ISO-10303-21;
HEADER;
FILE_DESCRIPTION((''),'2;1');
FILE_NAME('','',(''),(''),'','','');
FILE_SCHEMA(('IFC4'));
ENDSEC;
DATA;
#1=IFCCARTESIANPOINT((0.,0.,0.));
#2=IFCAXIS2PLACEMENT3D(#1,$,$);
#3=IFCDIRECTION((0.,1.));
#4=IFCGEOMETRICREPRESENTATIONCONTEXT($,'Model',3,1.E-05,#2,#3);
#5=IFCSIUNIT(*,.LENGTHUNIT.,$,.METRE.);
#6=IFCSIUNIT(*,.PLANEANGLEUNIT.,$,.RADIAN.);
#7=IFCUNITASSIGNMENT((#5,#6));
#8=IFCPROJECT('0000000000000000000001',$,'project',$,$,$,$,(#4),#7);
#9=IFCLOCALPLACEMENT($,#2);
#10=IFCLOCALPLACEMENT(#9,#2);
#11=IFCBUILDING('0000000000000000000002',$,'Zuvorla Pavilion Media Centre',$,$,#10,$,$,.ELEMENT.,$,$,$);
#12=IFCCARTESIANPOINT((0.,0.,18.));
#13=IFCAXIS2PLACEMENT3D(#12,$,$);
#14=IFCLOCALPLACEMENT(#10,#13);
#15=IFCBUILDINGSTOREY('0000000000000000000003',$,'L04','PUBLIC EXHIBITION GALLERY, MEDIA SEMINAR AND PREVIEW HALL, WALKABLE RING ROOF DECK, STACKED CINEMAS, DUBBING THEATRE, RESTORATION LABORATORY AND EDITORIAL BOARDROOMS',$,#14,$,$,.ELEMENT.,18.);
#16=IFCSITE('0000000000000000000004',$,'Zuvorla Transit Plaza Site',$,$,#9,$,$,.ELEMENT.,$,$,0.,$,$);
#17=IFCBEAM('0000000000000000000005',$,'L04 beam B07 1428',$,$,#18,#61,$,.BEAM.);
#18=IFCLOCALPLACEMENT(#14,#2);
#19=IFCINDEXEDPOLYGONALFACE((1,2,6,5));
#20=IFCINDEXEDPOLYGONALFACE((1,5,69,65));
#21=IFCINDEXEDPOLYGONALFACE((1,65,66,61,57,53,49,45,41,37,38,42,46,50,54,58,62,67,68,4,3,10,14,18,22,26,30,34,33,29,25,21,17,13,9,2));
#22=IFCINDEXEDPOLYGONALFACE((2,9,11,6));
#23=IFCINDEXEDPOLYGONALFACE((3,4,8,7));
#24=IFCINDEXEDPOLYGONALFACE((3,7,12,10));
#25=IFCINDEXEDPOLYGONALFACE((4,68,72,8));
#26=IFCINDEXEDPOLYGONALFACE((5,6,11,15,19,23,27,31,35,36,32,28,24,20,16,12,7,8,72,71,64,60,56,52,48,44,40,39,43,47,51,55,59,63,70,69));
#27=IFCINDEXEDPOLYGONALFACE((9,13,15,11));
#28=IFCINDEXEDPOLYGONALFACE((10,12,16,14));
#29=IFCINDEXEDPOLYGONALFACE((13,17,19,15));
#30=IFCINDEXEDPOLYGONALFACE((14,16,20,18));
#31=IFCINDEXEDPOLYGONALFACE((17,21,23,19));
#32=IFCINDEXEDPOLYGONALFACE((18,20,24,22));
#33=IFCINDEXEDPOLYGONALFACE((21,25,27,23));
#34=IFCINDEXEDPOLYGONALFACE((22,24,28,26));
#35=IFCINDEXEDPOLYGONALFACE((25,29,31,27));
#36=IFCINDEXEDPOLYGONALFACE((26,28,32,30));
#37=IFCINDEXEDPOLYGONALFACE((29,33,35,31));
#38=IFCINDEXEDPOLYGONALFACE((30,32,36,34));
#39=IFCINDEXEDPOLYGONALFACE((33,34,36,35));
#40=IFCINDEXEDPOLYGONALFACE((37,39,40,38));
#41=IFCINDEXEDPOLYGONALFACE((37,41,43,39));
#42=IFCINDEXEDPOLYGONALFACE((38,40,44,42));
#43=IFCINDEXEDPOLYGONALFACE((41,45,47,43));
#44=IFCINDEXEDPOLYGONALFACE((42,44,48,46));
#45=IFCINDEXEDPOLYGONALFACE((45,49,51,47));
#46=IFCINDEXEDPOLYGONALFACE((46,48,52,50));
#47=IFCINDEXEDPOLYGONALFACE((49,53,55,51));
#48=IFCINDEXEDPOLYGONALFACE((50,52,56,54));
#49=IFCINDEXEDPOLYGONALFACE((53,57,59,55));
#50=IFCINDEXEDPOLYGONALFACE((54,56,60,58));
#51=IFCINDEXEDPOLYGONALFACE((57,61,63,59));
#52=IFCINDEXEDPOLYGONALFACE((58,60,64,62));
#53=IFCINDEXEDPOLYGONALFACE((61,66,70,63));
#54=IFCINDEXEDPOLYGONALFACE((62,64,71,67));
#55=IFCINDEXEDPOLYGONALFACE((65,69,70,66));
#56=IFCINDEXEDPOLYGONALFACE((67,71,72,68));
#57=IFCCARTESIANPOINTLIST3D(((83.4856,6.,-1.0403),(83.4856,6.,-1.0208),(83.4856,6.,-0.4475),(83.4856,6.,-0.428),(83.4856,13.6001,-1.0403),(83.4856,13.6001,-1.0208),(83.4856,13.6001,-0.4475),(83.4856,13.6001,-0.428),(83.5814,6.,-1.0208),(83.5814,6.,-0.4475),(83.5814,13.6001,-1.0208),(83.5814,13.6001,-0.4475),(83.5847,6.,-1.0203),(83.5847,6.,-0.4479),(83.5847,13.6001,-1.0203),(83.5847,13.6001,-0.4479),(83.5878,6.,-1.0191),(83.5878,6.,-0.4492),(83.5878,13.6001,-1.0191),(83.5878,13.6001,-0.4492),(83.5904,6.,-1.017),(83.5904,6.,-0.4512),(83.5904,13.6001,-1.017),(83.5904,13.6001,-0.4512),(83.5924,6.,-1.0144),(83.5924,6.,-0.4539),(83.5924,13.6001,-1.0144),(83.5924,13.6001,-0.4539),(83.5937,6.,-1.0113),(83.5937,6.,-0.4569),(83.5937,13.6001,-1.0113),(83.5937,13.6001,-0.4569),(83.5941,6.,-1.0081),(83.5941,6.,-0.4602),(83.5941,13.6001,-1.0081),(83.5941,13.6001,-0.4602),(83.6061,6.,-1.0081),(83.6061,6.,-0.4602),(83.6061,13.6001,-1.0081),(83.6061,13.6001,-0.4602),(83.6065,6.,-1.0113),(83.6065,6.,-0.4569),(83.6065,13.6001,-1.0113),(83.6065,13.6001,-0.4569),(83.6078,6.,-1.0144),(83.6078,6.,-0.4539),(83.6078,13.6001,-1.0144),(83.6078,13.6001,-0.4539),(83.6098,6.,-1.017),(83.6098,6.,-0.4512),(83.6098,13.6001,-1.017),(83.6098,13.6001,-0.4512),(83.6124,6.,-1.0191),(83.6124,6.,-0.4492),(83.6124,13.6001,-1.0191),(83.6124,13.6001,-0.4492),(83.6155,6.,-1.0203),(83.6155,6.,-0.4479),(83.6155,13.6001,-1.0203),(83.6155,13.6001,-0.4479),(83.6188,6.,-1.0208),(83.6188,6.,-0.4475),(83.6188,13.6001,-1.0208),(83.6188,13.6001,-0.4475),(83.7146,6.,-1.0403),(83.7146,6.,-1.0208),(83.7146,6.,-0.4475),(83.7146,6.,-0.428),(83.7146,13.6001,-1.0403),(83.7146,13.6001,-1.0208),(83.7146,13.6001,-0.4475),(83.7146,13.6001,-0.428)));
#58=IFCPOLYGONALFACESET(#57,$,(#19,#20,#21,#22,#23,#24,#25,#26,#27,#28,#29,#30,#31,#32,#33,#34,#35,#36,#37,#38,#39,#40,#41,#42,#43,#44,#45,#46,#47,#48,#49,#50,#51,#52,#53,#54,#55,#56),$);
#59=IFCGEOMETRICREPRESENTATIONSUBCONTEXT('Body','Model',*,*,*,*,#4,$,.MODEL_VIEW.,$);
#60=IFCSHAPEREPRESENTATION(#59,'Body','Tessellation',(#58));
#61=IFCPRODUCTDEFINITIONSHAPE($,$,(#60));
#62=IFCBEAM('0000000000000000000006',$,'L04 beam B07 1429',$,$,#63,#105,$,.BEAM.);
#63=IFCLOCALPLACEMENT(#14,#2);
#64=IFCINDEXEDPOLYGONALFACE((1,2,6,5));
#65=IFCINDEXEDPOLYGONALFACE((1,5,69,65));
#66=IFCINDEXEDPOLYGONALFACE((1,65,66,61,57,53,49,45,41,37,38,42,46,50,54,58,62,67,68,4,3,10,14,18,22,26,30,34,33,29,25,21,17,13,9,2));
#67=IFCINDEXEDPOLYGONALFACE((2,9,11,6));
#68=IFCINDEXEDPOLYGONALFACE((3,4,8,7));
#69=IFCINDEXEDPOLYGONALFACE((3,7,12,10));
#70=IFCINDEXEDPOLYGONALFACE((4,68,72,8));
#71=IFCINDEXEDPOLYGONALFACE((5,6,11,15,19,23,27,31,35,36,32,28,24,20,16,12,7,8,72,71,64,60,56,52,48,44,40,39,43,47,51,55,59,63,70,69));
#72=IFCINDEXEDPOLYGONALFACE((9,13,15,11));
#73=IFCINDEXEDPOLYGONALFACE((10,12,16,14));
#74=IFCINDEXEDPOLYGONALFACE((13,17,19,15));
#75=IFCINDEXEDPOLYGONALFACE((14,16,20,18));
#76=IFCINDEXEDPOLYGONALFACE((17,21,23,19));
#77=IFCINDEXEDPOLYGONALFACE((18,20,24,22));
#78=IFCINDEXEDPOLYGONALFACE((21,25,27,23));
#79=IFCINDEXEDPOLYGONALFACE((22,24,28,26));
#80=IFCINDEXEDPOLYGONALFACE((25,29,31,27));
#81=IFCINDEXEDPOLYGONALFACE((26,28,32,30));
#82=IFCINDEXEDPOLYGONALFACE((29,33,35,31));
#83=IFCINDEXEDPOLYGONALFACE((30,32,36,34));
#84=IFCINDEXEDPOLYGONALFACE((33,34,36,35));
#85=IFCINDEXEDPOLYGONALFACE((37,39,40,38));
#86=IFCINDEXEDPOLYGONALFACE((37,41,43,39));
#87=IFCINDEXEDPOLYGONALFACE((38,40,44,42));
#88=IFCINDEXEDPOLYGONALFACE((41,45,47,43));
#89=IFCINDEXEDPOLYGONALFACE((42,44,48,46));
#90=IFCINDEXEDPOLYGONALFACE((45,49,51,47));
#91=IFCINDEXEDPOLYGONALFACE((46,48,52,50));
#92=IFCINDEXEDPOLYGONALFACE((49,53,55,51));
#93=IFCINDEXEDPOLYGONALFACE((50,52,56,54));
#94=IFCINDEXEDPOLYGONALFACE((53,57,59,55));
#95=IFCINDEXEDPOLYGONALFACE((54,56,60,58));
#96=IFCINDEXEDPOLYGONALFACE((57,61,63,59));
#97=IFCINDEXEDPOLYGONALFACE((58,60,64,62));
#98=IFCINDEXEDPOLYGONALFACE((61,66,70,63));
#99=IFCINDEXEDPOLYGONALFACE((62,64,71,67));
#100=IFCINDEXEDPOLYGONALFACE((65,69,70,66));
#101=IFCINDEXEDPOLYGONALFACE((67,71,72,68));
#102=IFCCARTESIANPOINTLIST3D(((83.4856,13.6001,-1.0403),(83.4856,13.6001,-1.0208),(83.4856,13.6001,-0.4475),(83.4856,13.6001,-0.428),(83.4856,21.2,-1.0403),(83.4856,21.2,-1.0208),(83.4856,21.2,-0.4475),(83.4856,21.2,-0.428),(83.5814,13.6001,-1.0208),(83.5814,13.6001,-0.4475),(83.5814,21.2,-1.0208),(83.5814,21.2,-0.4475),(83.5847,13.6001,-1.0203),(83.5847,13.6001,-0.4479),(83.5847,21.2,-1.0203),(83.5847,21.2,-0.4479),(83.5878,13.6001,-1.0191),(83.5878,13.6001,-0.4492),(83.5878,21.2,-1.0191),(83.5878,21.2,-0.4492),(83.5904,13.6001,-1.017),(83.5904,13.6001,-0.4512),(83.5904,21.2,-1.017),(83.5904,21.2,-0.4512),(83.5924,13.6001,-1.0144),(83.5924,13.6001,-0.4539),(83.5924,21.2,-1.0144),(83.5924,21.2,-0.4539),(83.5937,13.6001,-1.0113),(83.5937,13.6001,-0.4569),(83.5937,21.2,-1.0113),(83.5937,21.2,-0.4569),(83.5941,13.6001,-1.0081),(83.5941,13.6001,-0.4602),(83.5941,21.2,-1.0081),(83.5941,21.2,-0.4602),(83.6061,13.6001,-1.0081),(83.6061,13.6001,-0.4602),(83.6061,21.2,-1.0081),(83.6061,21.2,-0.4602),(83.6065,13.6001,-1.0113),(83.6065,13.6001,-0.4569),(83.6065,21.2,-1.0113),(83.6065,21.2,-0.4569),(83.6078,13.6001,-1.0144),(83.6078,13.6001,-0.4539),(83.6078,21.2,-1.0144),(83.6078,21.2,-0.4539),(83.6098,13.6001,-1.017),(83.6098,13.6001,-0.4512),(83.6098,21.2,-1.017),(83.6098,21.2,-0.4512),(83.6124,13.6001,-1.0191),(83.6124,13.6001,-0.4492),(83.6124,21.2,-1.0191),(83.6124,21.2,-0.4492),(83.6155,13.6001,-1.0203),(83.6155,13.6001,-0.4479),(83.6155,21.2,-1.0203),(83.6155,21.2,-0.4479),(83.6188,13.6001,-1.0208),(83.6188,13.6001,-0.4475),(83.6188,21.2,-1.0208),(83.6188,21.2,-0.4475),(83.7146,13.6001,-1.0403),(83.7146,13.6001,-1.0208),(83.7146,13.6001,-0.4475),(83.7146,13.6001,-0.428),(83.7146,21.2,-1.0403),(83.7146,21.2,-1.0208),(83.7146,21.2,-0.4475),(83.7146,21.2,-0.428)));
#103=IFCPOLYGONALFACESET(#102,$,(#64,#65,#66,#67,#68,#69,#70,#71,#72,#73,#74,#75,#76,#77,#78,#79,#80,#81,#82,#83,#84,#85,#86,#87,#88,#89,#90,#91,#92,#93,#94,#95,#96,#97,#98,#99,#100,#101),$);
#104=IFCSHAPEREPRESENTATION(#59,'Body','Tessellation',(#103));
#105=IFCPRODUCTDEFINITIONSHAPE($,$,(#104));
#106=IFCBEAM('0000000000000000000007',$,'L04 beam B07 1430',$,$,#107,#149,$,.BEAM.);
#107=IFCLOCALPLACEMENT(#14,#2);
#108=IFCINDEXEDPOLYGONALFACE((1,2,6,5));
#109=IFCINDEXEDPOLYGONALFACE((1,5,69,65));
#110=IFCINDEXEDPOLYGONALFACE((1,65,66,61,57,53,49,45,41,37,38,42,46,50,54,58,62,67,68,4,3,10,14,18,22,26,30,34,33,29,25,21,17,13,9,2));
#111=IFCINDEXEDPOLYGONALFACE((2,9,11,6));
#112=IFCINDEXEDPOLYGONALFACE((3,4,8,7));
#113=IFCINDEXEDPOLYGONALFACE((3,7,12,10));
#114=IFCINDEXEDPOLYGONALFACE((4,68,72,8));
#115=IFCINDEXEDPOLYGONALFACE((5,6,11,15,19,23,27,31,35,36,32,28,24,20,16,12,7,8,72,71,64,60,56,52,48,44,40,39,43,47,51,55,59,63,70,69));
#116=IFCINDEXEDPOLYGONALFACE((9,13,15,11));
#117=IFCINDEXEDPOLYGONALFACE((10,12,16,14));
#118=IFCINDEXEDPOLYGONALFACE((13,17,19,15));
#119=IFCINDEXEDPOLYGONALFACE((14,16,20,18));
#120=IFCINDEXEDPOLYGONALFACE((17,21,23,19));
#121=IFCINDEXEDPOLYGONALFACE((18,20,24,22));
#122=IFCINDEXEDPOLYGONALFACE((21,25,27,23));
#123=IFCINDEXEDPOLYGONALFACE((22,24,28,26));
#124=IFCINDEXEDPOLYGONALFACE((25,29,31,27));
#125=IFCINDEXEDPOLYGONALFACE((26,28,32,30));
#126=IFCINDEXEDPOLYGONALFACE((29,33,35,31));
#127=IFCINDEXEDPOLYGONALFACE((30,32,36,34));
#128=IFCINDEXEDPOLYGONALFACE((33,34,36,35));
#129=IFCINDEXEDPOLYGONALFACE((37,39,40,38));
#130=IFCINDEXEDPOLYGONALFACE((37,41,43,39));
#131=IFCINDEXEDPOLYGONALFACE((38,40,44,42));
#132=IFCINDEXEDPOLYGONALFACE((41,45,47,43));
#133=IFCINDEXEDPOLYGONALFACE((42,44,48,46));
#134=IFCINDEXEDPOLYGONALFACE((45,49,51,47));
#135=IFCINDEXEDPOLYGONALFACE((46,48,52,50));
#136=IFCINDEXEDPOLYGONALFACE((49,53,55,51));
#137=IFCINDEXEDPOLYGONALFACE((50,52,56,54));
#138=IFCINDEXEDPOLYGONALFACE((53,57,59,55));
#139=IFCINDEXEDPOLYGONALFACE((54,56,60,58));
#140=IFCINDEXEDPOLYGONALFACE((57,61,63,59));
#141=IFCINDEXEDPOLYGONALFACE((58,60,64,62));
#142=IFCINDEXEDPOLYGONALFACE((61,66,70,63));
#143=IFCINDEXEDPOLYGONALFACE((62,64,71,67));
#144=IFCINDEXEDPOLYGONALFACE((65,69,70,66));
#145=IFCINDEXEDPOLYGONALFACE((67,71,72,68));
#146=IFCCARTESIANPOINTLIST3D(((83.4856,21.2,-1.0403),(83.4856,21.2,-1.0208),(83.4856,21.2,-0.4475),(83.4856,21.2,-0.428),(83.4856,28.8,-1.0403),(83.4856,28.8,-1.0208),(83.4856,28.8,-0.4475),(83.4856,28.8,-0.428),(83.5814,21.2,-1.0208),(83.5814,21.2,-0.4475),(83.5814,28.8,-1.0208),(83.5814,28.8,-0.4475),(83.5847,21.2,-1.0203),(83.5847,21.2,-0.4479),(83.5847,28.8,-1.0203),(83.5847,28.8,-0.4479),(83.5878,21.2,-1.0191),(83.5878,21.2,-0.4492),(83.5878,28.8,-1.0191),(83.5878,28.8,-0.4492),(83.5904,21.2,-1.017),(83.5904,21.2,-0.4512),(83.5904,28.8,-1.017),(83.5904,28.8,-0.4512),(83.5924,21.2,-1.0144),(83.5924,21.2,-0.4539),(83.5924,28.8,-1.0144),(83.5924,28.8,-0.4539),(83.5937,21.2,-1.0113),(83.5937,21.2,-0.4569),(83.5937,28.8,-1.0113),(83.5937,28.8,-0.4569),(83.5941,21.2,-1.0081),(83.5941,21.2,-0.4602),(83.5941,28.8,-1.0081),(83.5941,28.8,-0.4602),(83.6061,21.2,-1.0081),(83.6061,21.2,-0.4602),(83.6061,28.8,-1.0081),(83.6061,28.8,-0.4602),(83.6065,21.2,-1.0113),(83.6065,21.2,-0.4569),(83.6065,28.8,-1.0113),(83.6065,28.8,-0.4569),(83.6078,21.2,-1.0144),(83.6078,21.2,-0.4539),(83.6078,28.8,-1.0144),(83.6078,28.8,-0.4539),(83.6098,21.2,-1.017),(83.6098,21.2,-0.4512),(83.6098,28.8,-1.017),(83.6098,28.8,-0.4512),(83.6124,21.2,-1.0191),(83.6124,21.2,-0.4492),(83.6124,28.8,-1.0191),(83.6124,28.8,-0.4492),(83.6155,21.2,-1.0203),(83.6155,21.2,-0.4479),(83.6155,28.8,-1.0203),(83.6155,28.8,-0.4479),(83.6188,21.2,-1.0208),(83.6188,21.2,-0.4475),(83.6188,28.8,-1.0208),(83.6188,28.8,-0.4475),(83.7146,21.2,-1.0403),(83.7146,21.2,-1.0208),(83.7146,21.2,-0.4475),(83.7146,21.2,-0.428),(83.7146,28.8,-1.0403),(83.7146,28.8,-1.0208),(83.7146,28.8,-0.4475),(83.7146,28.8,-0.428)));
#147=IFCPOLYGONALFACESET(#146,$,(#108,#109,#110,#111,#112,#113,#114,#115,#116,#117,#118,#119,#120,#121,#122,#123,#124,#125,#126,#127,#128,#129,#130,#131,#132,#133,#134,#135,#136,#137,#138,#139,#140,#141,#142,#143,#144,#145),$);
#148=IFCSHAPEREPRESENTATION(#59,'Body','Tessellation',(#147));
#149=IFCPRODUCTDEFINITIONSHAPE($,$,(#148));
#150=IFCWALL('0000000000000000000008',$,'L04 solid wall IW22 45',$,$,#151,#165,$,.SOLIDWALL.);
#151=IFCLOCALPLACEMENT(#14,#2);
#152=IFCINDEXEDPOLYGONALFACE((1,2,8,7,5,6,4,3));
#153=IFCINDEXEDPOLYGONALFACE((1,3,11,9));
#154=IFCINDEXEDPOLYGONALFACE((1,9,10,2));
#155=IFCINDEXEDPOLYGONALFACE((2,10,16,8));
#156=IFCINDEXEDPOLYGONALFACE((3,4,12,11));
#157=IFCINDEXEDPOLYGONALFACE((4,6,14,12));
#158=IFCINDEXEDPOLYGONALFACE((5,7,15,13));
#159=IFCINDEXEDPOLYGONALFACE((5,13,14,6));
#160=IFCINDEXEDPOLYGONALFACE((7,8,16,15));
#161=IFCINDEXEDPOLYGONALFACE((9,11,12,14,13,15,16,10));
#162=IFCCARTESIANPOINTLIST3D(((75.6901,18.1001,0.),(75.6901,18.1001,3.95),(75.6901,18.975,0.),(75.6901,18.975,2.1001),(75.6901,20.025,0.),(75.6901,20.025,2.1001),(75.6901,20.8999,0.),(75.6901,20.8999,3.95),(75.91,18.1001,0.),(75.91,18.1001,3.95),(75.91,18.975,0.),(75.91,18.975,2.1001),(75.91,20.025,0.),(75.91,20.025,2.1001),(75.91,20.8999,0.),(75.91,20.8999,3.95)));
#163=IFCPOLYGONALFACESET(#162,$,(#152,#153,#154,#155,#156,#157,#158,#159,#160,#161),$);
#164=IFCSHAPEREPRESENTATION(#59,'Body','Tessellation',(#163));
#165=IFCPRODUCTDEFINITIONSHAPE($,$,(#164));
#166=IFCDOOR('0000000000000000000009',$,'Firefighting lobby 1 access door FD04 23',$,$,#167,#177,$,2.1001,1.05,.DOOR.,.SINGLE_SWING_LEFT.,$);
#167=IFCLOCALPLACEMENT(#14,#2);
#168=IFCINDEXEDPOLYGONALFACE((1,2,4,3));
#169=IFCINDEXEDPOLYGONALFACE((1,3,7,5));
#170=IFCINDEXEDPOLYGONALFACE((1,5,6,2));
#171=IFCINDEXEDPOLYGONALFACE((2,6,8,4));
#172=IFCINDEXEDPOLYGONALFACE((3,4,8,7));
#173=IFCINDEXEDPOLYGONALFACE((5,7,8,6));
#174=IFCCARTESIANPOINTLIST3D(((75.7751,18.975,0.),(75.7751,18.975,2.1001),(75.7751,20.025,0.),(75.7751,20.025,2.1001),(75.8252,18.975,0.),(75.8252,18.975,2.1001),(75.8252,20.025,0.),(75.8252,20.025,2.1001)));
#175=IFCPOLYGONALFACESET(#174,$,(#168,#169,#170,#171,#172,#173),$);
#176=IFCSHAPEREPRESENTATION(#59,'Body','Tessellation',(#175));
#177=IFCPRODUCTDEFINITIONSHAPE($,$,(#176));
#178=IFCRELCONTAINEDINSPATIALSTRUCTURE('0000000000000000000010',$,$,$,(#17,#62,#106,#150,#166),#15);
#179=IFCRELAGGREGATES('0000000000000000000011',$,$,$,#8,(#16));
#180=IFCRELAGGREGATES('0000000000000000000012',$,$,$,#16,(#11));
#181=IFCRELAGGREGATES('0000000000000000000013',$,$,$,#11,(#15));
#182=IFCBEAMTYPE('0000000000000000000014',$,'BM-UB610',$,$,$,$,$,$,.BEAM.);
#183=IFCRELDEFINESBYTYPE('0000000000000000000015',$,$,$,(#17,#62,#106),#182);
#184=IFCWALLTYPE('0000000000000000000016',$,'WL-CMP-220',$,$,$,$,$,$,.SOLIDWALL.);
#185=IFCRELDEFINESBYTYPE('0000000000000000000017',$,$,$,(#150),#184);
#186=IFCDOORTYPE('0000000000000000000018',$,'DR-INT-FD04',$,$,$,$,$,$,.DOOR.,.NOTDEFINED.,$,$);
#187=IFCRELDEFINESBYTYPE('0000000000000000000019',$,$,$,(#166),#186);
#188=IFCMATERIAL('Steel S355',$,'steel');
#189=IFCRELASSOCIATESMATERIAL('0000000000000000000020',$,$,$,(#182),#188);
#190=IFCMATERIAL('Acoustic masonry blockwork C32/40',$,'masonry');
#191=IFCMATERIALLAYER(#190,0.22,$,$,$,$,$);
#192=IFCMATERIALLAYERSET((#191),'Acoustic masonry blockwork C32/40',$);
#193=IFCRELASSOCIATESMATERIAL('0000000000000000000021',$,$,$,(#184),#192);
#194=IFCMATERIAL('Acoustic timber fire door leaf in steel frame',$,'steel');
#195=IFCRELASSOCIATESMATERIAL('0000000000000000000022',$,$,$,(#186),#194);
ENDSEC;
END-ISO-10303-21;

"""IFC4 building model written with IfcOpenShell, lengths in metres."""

from ifc_helpers import new_model, si_unit, direction, frame, frame_2d, origin, origin_2d, place, context, subcontext, project, spatial, rectangle, i_section, extrude, material, layer, layer_set, material_profile, profile_set, type_object, element, fill, save


model = new_model("IFC4")

# Units and contexts
model_context = context("Model", 3, precision=1e-05, world=origin(), true_north=direction((0.0, 1.0)))
body_context = subcontext(model_context, "Body", "Model", "MODEL_VIEW")
ifc_project = project(units=[si_unit("LENGTHUNIT", "METRE"), si_unit("PLANEANGLEUNIT", "RADIAN")], contexts=[model_context])

# Site, building, storey
site_placement = place(None, origin())
site = spatial("IfcSite", under=ifc_project, at=site_placement, Name="Zuvorla Transit Plaza Site", CompositionType="ELEMENT", RefElevation=0.0)
building_placement = place(site_placement, origin())
building = spatial("IfcBuilding", under=site, at=building_placement, Name="Zuvorla Pavilion Media Centre", CompositionType="ELEMENT")
storey_placement = place(building_placement, frame((0.0, 0.0, 18.0)))
storey = spatial("IfcBuildingStorey", under=building, at=storey_placement, Name="L04", Description="PUBLIC EXHIBITION GALLERY, MEDIA SEMINAR AND PREVIEW HALL, WALKABLE RING ROOF DECK, STACKED CINEMAS, DUBBING THEATRE, RESTORATION LABORATORY AND EDITORIAL BOARDROOMS", CompositionType="ELEMENT", Elevation=18.0)

# Beams
ifc_material_1 = material(Name="Steel S355", Category="steel")
ifc_material_profile_1 = material_profile(ifc_material_1, i_section(OverallWidth=0.229, OverallDepth=0.6123, WebThickness=0.012, FlangeThickness=0.0195, FilletRadius=0.0127, at=origin_2d()), Name="UB 610x229x125")
ifc_profile_set_1 = profile_set([ifc_material_profile_1], Name="Steel S355")
beam_type_1 = type_object("IfcBeamType", Name="BM-UB610", PredefinedType="BEAM", material=ifc_profile_set_1)
beam_1_placement = place(storey_placement, frame((83.6001, 6.0, -0.7341), z_axis=(0.0, 1.0, 0.0), x_axis=(-1.0, 0.0, 0.0)))
element("IfcBeam", 1, at=beam_1_placement, inside=storey, type_object=beam_type_1, Name="L04 beam B07 1428", PredefinedType="BEAM", context=body_context, shape_type="SweptSolid", body=[
    extrude(i_section(OverallWidth=0.229, OverallDepth=0.6123, WebThickness=0.012, FlangeThickness=0.0195, FilletRadius=0.0127, at=origin_2d()), origin(), (0.0, 0.0, 1.0), 7.6001),
])
beam_2_placement = place(storey_placement, frame((83.6001, 13.6001, -0.7341), z_axis=(0.0, 1.0, 0.0), x_axis=(-1.0, 0.0, 0.0)))
element("IfcBeam", 2, at=beam_2_placement, inside=storey, type_object=beam_type_1, Name="L04 beam B07 1429", PredefinedType="BEAM", context=body_context, shape_type="SweptSolid", body=[
    extrude(i_section(OverallWidth=0.229, OverallDepth=0.6123, WebThickness=0.012, FlangeThickness=0.0195, FilletRadius=0.0127, at=origin_2d()), origin(), (0.0, 0.0, 1.0), 7.5999),
])
beam_3_placement = place(storey_placement, frame((83.6001, 21.2, -0.7341), z_axis=(0.0, 1.0, 0.0), x_axis=(-1.0, 0.0, 0.0)))
element("IfcBeam", 3, at=beam_3_placement, inside=storey, type_object=beam_type_1, Name="L04 beam B07 1430", PredefinedType="BEAM", context=body_context, shape_type="SweptSolid", body=[
    extrude(i_section(OverallWidth=0.229, OverallDepth=0.6123, WebThickness=0.012, FlangeThickness=0.0195, FilletRadius=0.0127, at=origin_2d()), origin(), (0.0, 0.0, 1.0), 7.6001),
])

# Wall, opening, door
ifc_material_2 = material(Name="Acoustic masonry blockwork C32/40", Category="masonry")
ifc_layer_1 = layer(ifc_material_2, 0.22)
ifc_layer_set_1 = layer_set([ifc_layer_1], Name="Acoustic masonry blockwork C32/40")
wall_type_1 = type_object("IfcWallType", Name="WL-CMP-220", PredefinedType="SOLIDWALL", material=ifc_layer_set_1)
wall_1_placement = place(storey_placement, frame((75.8, 18.1001, 0.0), z_axis=(0.0, 0.0, 1.0), x_axis=(0.0, 1.0, 0.0)))
wall_1 = element("IfcWall", 4, at=wall_1_placement, inside=storey, type_object=wall_type_1, Name="L04 solid wall IW22 45", PredefinedType="SOLIDWALL", context=body_context, shape_type="SweptSolid", body=[
    extrude(rectangle(XDim=2.7998, YDim=0.22, at=frame_2d((1.3999, 0.0))), origin(), (0.0, 0.0, 1.0), 3.95),
])
opening_1_placement = place(wall_1_placement, frame((0.875, 0.0, 0.0)))
opening_1 = element("IfcOpeningElement", 5, at=opening_1_placement, cuts=wall_1, PredefinedType="OPENING", context=body_context, shape_type="SweptSolid", body=[
    extrude(rectangle(XDim=1.05, YDim=2.1001, at=frame_2d((0.5249, 1.05))), frame((0.0, 0.1199, 0.0), z_axis=(0.0, -1.0, 0.0), x_axis=(1.0, 0.0, 0.0)), (0.0, 0.0, 1.0), 0.24),
])
ifc_material_3 = material(Name="Acoustic timber fire door leaf in steel frame", Category="steel")
door_type_1 = type_object("IfcDoorType", Name="DR-INT-FD04", OperationType="NOTDEFINED", PredefinedType="DOOR", material=ifc_material_3)
door_1_placement = place(opening_1_placement, origin())
door_1 = element("IfcDoor", 6, at=door_1_placement, inside=storey, type_object=door_type_1, Name="Firefighting lobby 1 access door FD04 23", OperationType="SINGLE_SWING_LEFT", OverallHeight=2.1001, OverallWidth=1.05, PredefinedType="DOOR", context=body_context, shape_type="SweptSolid", body=[
    extrude(rectangle(XDim=1.05, YDim=2.1001, at=frame_2d((0.5249, 1.05))), frame((0.0, 0.0249, 0.0), z_axis=(0.0, -1.0, 0.0), x_axis=(1.0, 0.0, 0.0)), (0.0, 0.0, 1.0), 0.05),
])
fill(opening_1, door_1)

save(model, "model.ifc")
